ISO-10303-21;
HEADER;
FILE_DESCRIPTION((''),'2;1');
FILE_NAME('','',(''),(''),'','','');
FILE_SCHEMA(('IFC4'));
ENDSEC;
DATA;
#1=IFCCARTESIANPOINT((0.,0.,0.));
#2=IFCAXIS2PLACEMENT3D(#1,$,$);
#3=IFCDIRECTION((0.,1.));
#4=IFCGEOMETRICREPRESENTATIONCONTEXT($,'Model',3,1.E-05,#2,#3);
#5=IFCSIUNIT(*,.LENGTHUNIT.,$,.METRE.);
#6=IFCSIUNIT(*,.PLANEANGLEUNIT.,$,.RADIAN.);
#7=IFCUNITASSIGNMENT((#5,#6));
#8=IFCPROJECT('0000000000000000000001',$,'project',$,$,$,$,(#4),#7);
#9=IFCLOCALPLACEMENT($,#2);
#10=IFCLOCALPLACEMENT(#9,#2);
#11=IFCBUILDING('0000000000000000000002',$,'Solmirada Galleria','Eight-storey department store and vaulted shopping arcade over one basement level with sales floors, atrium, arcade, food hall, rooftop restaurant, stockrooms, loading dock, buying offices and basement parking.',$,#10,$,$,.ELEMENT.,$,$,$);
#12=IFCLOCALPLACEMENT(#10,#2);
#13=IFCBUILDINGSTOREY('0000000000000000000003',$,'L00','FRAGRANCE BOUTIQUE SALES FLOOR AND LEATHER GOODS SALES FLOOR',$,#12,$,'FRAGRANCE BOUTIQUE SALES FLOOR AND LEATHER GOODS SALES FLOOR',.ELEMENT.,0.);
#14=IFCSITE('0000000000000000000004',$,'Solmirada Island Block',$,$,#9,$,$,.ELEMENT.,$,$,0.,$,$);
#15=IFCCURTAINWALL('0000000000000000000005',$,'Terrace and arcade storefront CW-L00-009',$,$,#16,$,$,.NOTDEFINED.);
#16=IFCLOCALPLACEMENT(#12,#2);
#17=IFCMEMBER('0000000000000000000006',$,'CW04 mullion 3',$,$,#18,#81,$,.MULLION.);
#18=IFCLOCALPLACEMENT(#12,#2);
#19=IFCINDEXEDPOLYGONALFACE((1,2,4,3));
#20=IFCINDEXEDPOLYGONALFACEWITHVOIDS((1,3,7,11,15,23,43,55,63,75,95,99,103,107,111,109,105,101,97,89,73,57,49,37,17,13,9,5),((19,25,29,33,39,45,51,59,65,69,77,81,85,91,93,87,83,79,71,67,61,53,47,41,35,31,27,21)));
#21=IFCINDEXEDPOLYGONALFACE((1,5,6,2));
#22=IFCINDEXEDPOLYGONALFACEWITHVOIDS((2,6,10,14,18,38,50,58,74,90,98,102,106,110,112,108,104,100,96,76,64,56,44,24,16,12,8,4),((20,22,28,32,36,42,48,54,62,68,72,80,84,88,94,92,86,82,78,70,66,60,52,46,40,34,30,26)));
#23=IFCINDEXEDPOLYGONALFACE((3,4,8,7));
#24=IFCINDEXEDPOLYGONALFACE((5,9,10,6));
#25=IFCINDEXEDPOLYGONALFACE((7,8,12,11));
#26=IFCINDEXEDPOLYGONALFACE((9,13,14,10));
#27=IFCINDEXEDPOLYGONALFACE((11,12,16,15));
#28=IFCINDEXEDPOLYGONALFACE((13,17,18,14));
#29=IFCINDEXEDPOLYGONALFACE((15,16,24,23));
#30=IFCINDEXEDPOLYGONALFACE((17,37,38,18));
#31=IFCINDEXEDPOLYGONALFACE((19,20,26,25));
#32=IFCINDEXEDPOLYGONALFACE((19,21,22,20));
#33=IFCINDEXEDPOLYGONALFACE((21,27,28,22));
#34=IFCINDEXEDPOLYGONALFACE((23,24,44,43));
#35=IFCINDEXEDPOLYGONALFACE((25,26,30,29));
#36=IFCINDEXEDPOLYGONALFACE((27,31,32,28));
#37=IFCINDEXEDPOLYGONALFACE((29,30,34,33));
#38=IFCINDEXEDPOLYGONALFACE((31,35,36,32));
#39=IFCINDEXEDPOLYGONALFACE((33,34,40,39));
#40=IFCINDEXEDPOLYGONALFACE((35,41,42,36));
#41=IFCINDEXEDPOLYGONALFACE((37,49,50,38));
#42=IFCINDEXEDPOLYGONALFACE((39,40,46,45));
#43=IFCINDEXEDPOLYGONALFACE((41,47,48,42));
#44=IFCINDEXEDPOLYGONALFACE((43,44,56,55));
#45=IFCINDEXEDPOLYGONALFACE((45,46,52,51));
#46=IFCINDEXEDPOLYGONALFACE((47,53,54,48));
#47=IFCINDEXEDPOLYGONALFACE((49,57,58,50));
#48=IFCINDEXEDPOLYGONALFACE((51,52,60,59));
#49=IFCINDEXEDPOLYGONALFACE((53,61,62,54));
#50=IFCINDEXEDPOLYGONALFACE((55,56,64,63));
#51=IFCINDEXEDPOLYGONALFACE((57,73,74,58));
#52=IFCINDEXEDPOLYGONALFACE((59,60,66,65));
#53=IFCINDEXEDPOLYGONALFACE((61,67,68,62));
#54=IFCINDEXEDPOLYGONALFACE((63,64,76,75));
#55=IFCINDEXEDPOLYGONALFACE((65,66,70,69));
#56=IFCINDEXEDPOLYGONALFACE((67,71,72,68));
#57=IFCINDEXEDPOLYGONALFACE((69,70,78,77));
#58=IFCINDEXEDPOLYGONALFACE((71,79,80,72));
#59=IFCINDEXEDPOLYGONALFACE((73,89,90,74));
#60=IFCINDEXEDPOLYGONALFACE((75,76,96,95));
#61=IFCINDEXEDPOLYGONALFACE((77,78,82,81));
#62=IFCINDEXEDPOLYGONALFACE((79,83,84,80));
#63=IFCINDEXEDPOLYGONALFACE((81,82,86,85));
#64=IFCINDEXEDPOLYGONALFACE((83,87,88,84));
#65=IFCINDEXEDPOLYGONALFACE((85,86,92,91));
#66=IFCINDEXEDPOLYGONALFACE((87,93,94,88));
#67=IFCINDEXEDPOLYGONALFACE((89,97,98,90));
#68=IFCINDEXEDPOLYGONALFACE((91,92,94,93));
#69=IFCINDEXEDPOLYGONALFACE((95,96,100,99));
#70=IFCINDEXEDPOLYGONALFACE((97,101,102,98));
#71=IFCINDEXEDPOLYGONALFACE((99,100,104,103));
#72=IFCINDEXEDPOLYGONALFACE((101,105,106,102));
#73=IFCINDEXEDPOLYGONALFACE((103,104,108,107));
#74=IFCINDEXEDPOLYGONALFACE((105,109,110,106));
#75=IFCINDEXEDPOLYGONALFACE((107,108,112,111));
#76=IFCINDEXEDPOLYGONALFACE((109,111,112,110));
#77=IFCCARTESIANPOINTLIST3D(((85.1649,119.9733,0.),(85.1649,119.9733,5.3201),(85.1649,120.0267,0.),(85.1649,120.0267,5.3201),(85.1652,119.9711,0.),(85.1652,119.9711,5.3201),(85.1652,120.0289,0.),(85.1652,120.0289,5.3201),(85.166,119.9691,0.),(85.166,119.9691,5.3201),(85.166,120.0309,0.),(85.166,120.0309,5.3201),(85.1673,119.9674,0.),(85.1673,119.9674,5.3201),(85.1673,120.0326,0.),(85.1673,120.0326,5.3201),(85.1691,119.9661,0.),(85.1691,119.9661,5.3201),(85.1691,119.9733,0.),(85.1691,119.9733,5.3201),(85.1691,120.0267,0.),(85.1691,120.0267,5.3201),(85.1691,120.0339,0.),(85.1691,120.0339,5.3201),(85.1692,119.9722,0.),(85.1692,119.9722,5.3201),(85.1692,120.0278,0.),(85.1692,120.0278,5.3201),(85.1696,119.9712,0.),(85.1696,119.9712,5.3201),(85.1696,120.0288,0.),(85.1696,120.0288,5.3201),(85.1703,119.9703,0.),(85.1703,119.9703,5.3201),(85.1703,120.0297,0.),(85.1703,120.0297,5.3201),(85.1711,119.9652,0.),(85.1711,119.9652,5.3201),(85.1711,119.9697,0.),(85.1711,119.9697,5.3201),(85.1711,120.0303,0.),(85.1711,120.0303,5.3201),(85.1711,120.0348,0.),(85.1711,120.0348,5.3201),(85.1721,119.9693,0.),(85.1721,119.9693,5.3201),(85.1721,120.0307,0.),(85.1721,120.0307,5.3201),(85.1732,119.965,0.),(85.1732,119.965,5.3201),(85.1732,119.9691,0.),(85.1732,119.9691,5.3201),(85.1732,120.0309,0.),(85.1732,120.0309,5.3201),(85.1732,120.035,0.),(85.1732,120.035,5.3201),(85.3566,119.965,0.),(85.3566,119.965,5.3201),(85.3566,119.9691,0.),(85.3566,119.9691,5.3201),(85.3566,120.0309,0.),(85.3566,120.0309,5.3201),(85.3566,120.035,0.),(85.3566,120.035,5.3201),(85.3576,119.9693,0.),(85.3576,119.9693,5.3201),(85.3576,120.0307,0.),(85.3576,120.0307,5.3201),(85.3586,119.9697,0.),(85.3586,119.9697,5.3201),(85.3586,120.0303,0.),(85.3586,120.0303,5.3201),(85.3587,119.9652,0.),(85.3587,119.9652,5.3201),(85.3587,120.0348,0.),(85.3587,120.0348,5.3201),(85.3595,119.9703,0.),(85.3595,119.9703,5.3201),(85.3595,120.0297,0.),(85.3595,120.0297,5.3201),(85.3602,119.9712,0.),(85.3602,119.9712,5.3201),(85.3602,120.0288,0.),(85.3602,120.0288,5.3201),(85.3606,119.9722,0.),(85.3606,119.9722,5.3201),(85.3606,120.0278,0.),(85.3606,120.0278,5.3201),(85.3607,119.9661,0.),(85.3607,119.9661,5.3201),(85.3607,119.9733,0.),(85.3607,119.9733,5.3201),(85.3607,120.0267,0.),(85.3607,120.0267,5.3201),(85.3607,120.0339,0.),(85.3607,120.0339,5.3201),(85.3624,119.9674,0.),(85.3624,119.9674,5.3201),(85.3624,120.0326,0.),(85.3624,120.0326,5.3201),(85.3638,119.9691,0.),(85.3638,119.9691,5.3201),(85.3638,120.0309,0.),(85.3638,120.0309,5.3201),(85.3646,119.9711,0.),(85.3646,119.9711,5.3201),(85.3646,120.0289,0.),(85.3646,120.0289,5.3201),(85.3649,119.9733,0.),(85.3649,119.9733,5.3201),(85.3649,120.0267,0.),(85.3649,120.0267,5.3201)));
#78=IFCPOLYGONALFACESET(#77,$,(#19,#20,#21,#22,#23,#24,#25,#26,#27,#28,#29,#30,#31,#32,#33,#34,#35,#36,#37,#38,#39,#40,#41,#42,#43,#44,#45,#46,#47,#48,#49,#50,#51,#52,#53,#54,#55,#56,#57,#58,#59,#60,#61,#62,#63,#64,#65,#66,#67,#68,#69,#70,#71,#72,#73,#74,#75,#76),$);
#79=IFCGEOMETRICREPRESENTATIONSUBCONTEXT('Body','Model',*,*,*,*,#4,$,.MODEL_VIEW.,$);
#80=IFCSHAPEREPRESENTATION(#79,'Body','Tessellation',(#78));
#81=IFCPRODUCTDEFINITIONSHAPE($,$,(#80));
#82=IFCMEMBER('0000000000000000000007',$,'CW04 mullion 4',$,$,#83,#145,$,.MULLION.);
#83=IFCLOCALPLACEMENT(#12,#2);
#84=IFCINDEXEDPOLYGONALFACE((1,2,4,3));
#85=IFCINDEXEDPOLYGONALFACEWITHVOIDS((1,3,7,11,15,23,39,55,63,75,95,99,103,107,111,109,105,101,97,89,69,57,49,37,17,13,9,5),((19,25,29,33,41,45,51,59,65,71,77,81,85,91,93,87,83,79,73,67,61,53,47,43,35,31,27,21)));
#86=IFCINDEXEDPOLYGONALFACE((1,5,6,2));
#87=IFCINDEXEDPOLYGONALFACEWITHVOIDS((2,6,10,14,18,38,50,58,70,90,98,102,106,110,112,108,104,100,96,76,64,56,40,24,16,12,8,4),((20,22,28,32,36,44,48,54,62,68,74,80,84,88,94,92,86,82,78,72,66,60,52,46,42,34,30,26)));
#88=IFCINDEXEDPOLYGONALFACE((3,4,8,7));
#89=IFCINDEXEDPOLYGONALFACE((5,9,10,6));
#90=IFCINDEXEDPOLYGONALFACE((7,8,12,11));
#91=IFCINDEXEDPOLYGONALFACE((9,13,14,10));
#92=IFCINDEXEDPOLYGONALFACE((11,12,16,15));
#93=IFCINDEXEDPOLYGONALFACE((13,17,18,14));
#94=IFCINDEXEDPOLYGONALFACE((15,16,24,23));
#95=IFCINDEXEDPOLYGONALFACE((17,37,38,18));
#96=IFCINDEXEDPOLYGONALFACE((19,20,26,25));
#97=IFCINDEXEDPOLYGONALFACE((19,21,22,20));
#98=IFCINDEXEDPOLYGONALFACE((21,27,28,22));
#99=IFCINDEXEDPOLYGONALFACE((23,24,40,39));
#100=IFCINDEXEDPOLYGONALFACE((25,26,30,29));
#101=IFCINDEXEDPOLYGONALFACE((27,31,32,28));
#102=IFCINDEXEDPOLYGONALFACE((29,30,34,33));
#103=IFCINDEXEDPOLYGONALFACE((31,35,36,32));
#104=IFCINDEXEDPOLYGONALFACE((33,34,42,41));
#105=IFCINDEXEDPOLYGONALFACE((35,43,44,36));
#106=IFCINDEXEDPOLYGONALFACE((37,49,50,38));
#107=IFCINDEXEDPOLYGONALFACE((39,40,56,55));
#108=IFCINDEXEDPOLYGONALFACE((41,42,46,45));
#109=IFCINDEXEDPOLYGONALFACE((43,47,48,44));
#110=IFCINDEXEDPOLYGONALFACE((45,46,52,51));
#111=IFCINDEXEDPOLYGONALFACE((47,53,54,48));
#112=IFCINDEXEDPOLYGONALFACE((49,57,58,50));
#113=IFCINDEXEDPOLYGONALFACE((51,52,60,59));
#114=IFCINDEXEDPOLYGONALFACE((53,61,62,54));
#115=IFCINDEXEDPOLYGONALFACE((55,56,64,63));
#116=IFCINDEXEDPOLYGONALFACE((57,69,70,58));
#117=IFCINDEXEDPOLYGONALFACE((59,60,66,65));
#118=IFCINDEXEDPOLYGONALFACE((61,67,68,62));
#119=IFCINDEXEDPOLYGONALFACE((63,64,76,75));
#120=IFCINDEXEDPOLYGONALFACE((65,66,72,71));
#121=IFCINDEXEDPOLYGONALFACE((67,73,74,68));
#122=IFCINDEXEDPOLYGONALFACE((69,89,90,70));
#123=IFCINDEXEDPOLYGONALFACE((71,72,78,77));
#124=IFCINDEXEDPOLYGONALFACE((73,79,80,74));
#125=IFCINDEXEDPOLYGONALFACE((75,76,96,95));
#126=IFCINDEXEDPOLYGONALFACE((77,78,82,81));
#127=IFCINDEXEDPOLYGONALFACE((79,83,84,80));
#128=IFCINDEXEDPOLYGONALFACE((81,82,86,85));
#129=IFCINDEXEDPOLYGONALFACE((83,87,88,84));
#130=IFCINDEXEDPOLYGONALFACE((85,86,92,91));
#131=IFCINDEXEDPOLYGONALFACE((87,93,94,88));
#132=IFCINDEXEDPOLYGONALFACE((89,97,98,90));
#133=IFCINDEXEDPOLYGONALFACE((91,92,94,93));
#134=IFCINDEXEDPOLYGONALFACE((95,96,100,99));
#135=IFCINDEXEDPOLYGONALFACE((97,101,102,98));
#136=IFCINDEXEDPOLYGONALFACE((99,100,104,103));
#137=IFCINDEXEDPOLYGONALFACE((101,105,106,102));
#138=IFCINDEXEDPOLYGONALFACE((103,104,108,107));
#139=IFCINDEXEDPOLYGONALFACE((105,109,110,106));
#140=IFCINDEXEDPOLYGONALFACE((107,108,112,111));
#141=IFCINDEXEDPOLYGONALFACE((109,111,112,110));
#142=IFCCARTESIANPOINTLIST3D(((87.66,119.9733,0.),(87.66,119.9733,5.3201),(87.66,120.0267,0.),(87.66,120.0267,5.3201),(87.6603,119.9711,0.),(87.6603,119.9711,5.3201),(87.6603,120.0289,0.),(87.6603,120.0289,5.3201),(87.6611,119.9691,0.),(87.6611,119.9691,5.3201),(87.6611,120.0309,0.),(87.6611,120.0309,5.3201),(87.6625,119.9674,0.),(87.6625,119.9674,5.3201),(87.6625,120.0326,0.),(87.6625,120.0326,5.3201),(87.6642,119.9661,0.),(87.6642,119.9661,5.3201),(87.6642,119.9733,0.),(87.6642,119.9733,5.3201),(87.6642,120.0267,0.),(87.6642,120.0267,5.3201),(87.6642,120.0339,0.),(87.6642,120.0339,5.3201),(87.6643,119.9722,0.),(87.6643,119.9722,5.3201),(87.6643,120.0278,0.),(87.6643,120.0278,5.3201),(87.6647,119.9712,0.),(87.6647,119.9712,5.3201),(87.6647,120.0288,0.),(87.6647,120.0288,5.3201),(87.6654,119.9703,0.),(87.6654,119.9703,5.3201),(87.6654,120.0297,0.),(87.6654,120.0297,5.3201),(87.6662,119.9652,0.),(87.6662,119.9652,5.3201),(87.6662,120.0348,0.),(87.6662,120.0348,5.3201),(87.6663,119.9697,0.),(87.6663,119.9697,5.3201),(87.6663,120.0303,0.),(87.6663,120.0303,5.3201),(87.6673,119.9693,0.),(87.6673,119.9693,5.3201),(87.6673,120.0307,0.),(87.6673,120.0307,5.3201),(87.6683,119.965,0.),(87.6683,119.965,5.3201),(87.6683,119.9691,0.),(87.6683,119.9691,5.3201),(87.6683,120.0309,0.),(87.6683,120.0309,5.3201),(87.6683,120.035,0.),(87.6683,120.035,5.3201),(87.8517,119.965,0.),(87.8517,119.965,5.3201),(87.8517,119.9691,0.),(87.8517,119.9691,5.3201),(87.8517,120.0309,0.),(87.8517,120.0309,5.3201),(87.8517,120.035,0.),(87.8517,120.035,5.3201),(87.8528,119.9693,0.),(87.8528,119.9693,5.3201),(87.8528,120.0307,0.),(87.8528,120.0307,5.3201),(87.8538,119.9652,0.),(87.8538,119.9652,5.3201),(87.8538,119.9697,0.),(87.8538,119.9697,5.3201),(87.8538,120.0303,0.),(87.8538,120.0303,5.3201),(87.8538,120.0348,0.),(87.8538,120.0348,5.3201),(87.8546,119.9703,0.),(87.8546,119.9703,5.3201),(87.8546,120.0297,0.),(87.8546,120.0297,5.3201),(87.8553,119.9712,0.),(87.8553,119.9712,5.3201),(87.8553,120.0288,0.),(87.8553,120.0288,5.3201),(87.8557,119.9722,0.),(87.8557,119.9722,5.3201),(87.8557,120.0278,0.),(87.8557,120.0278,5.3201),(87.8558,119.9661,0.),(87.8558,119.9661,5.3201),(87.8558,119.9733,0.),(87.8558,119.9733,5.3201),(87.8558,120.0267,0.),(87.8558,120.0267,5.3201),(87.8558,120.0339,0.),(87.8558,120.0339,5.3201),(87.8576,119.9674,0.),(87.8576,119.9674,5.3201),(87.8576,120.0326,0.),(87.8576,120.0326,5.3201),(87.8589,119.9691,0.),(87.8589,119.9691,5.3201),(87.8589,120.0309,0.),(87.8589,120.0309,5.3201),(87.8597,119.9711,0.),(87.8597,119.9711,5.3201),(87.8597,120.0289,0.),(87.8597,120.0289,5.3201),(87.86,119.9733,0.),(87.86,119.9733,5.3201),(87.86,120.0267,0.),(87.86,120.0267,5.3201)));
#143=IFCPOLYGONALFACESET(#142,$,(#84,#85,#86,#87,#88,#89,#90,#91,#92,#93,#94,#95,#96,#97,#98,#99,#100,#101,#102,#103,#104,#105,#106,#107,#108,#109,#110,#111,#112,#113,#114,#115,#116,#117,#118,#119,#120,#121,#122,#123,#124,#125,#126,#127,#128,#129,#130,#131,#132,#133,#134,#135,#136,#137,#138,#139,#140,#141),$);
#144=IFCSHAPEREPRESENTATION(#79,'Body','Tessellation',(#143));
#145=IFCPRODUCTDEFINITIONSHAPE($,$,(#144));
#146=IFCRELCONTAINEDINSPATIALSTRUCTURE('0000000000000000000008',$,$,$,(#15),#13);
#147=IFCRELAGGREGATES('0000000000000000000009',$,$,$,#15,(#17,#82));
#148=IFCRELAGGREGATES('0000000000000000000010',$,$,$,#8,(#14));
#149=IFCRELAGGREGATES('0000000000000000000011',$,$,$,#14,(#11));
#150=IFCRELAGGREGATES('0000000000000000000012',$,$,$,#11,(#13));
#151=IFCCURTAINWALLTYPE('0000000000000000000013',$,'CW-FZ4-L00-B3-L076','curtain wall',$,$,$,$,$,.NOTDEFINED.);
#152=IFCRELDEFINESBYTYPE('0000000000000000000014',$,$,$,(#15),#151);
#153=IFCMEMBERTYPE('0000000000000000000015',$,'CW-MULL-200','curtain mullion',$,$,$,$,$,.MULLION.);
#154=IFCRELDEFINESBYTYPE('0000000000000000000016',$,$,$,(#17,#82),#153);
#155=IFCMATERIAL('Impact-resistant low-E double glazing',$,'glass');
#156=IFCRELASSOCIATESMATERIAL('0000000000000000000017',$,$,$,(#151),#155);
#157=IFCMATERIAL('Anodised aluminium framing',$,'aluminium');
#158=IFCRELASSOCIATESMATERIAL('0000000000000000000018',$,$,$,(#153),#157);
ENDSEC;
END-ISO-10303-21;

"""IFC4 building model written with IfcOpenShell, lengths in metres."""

from ifc_helpers import new_model, si_unit, direction, frame, origin, origin_2d, place, context, subcontext, project, spatial, hollow_rectangle, extrude, material, material_profile, profile_set, type_object, element, aggregate, save


model = new_model("IFC4")

# Units and contexts
model_context = context("Model", 3, precision=1e-05, world=origin(), true_north=direction((0.0, 1.0)))
body_context = subcontext(model_context, "Body", "Model", "MODEL_VIEW")
ifc_project = project(units=[si_unit("LENGTHUNIT", "METRE"), si_unit("PLANEANGLEUNIT", "RADIAN")], contexts=[model_context])

# Site, building, storey
site_placement = place(None, origin())
site = spatial("IfcSite", under=ifc_project, at=site_placement, Name="Solmirada Island Block", CompositionType="ELEMENT", RefElevation=0.0)
building_placement = place(site_placement, origin())
building = spatial("IfcBuilding", under=site, at=building_placement, Name="Solmirada Galleria", Description="Eight-storey department store and vaulted shopping arcade over one basement level with sales floors, atrium, arcade, food hall, rooftop restaurant, stockrooms, loading dock, buying offices and basement parking.", CompositionType="ELEMENT")
storey_placement = place(building_placement, origin())
storey = spatial("IfcBuildingStorey", under=building, at=storey_placement, Name="L00", Description="FRAGRANCE BOUTIQUE SALES FLOOR AND LEATHER GOODS SALES FLOOR", LongName="FRAGRANCE BOUTIQUE SALES FLOOR AND LEATHER GOODS SALES FLOOR", CompositionType="ELEMENT", Elevation=0.0)

# Curtain wall, members
ifc_material_1 = material(Name="Impact-resistant low-E double glazing", Category="glass")
curtain_wall_type = type_object("IfcCurtainWallType", Name="CW-FZ4-L00-B3-L076", Description="curtain wall", PredefinedType="NOTDEFINED", material=ifc_material_1)
curtain_wall_placement = place(storey_placement, origin())
curtain_wall = element("IfcCurtainWall", 1, at=curtain_wall_placement, inside=storey, type_object=curtain_wall_type, Name="Terrace and arcade storefront CW-L00-009", PredefinedType="NOTDEFINED")
ifc_material_2 = material(Name="Anodised aluminium framing", Category="aluminium")
ifc_material_profile_1 = material_profile(ifc_material_2, hollow_rectangle(XDim=0.0701, YDim=0.2, WallThickness=0.0042, InnerFilletRadius=0.0042, OuterFilletRadius=0.0083, at=origin_2d()), Name="ALU-MULL-200X70")
ifc_profile_set_1 = profile_set([ifc_material_profile_1], Name="Anodised aluminium framing")
member_type_1 = type_object("IfcMemberType", Name="CW-MULL-200", Description="curtain mullion", PredefinedType="MULLION", material=ifc_profile_set_1)
member_1_placement = place(storey_placement, frame((85.2649, 120.0, 0.0), z_axis=(0.0, 0.0, 1.0), x_axis=(0.0, 1.0, 0.0)))
member_1 = element("IfcMember", 2, at=member_1_placement, type_object=member_type_1, Name="CW04 mullion 3", PredefinedType="MULLION", context=body_context, shape_type="SweptSolid", body=[
    extrude(hollow_rectangle(XDim=0.0701, YDim=0.2, WallThickness=0.0042, InnerFilletRadius=0.0042, OuterFilletRadius=0.0083, at=origin_2d()), origin(), (0.0, 0.0, 1.0), 5.3201),
])
member_2_placement = place(storey_placement, frame((87.76, 120.0, 0.0), z_axis=(0.0, 0.0, 1.0), x_axis=(0.0, 1.0, 0.0)))
member_2 = element("IfcMember", 3, at=member_2_placement, type_object=member_type_1, Name="CW04 mullion 4", PredefinedType="MULLION", context=body_context, shape_type="SweptSolid", body=[
    extrude(hollow_rectangle(XDim=0.0701, YDim=0.2, WallThickness=0.0042, InnerFilletRadius=0.0042, OuterFilletRadius=0.0083, at=origin_2d()), origin(), (0.0, 0.0, 1.0), 5.3201),
])
aggregate(curtain_wall, [member_1, member_2])

save(model, "model.ifc")
